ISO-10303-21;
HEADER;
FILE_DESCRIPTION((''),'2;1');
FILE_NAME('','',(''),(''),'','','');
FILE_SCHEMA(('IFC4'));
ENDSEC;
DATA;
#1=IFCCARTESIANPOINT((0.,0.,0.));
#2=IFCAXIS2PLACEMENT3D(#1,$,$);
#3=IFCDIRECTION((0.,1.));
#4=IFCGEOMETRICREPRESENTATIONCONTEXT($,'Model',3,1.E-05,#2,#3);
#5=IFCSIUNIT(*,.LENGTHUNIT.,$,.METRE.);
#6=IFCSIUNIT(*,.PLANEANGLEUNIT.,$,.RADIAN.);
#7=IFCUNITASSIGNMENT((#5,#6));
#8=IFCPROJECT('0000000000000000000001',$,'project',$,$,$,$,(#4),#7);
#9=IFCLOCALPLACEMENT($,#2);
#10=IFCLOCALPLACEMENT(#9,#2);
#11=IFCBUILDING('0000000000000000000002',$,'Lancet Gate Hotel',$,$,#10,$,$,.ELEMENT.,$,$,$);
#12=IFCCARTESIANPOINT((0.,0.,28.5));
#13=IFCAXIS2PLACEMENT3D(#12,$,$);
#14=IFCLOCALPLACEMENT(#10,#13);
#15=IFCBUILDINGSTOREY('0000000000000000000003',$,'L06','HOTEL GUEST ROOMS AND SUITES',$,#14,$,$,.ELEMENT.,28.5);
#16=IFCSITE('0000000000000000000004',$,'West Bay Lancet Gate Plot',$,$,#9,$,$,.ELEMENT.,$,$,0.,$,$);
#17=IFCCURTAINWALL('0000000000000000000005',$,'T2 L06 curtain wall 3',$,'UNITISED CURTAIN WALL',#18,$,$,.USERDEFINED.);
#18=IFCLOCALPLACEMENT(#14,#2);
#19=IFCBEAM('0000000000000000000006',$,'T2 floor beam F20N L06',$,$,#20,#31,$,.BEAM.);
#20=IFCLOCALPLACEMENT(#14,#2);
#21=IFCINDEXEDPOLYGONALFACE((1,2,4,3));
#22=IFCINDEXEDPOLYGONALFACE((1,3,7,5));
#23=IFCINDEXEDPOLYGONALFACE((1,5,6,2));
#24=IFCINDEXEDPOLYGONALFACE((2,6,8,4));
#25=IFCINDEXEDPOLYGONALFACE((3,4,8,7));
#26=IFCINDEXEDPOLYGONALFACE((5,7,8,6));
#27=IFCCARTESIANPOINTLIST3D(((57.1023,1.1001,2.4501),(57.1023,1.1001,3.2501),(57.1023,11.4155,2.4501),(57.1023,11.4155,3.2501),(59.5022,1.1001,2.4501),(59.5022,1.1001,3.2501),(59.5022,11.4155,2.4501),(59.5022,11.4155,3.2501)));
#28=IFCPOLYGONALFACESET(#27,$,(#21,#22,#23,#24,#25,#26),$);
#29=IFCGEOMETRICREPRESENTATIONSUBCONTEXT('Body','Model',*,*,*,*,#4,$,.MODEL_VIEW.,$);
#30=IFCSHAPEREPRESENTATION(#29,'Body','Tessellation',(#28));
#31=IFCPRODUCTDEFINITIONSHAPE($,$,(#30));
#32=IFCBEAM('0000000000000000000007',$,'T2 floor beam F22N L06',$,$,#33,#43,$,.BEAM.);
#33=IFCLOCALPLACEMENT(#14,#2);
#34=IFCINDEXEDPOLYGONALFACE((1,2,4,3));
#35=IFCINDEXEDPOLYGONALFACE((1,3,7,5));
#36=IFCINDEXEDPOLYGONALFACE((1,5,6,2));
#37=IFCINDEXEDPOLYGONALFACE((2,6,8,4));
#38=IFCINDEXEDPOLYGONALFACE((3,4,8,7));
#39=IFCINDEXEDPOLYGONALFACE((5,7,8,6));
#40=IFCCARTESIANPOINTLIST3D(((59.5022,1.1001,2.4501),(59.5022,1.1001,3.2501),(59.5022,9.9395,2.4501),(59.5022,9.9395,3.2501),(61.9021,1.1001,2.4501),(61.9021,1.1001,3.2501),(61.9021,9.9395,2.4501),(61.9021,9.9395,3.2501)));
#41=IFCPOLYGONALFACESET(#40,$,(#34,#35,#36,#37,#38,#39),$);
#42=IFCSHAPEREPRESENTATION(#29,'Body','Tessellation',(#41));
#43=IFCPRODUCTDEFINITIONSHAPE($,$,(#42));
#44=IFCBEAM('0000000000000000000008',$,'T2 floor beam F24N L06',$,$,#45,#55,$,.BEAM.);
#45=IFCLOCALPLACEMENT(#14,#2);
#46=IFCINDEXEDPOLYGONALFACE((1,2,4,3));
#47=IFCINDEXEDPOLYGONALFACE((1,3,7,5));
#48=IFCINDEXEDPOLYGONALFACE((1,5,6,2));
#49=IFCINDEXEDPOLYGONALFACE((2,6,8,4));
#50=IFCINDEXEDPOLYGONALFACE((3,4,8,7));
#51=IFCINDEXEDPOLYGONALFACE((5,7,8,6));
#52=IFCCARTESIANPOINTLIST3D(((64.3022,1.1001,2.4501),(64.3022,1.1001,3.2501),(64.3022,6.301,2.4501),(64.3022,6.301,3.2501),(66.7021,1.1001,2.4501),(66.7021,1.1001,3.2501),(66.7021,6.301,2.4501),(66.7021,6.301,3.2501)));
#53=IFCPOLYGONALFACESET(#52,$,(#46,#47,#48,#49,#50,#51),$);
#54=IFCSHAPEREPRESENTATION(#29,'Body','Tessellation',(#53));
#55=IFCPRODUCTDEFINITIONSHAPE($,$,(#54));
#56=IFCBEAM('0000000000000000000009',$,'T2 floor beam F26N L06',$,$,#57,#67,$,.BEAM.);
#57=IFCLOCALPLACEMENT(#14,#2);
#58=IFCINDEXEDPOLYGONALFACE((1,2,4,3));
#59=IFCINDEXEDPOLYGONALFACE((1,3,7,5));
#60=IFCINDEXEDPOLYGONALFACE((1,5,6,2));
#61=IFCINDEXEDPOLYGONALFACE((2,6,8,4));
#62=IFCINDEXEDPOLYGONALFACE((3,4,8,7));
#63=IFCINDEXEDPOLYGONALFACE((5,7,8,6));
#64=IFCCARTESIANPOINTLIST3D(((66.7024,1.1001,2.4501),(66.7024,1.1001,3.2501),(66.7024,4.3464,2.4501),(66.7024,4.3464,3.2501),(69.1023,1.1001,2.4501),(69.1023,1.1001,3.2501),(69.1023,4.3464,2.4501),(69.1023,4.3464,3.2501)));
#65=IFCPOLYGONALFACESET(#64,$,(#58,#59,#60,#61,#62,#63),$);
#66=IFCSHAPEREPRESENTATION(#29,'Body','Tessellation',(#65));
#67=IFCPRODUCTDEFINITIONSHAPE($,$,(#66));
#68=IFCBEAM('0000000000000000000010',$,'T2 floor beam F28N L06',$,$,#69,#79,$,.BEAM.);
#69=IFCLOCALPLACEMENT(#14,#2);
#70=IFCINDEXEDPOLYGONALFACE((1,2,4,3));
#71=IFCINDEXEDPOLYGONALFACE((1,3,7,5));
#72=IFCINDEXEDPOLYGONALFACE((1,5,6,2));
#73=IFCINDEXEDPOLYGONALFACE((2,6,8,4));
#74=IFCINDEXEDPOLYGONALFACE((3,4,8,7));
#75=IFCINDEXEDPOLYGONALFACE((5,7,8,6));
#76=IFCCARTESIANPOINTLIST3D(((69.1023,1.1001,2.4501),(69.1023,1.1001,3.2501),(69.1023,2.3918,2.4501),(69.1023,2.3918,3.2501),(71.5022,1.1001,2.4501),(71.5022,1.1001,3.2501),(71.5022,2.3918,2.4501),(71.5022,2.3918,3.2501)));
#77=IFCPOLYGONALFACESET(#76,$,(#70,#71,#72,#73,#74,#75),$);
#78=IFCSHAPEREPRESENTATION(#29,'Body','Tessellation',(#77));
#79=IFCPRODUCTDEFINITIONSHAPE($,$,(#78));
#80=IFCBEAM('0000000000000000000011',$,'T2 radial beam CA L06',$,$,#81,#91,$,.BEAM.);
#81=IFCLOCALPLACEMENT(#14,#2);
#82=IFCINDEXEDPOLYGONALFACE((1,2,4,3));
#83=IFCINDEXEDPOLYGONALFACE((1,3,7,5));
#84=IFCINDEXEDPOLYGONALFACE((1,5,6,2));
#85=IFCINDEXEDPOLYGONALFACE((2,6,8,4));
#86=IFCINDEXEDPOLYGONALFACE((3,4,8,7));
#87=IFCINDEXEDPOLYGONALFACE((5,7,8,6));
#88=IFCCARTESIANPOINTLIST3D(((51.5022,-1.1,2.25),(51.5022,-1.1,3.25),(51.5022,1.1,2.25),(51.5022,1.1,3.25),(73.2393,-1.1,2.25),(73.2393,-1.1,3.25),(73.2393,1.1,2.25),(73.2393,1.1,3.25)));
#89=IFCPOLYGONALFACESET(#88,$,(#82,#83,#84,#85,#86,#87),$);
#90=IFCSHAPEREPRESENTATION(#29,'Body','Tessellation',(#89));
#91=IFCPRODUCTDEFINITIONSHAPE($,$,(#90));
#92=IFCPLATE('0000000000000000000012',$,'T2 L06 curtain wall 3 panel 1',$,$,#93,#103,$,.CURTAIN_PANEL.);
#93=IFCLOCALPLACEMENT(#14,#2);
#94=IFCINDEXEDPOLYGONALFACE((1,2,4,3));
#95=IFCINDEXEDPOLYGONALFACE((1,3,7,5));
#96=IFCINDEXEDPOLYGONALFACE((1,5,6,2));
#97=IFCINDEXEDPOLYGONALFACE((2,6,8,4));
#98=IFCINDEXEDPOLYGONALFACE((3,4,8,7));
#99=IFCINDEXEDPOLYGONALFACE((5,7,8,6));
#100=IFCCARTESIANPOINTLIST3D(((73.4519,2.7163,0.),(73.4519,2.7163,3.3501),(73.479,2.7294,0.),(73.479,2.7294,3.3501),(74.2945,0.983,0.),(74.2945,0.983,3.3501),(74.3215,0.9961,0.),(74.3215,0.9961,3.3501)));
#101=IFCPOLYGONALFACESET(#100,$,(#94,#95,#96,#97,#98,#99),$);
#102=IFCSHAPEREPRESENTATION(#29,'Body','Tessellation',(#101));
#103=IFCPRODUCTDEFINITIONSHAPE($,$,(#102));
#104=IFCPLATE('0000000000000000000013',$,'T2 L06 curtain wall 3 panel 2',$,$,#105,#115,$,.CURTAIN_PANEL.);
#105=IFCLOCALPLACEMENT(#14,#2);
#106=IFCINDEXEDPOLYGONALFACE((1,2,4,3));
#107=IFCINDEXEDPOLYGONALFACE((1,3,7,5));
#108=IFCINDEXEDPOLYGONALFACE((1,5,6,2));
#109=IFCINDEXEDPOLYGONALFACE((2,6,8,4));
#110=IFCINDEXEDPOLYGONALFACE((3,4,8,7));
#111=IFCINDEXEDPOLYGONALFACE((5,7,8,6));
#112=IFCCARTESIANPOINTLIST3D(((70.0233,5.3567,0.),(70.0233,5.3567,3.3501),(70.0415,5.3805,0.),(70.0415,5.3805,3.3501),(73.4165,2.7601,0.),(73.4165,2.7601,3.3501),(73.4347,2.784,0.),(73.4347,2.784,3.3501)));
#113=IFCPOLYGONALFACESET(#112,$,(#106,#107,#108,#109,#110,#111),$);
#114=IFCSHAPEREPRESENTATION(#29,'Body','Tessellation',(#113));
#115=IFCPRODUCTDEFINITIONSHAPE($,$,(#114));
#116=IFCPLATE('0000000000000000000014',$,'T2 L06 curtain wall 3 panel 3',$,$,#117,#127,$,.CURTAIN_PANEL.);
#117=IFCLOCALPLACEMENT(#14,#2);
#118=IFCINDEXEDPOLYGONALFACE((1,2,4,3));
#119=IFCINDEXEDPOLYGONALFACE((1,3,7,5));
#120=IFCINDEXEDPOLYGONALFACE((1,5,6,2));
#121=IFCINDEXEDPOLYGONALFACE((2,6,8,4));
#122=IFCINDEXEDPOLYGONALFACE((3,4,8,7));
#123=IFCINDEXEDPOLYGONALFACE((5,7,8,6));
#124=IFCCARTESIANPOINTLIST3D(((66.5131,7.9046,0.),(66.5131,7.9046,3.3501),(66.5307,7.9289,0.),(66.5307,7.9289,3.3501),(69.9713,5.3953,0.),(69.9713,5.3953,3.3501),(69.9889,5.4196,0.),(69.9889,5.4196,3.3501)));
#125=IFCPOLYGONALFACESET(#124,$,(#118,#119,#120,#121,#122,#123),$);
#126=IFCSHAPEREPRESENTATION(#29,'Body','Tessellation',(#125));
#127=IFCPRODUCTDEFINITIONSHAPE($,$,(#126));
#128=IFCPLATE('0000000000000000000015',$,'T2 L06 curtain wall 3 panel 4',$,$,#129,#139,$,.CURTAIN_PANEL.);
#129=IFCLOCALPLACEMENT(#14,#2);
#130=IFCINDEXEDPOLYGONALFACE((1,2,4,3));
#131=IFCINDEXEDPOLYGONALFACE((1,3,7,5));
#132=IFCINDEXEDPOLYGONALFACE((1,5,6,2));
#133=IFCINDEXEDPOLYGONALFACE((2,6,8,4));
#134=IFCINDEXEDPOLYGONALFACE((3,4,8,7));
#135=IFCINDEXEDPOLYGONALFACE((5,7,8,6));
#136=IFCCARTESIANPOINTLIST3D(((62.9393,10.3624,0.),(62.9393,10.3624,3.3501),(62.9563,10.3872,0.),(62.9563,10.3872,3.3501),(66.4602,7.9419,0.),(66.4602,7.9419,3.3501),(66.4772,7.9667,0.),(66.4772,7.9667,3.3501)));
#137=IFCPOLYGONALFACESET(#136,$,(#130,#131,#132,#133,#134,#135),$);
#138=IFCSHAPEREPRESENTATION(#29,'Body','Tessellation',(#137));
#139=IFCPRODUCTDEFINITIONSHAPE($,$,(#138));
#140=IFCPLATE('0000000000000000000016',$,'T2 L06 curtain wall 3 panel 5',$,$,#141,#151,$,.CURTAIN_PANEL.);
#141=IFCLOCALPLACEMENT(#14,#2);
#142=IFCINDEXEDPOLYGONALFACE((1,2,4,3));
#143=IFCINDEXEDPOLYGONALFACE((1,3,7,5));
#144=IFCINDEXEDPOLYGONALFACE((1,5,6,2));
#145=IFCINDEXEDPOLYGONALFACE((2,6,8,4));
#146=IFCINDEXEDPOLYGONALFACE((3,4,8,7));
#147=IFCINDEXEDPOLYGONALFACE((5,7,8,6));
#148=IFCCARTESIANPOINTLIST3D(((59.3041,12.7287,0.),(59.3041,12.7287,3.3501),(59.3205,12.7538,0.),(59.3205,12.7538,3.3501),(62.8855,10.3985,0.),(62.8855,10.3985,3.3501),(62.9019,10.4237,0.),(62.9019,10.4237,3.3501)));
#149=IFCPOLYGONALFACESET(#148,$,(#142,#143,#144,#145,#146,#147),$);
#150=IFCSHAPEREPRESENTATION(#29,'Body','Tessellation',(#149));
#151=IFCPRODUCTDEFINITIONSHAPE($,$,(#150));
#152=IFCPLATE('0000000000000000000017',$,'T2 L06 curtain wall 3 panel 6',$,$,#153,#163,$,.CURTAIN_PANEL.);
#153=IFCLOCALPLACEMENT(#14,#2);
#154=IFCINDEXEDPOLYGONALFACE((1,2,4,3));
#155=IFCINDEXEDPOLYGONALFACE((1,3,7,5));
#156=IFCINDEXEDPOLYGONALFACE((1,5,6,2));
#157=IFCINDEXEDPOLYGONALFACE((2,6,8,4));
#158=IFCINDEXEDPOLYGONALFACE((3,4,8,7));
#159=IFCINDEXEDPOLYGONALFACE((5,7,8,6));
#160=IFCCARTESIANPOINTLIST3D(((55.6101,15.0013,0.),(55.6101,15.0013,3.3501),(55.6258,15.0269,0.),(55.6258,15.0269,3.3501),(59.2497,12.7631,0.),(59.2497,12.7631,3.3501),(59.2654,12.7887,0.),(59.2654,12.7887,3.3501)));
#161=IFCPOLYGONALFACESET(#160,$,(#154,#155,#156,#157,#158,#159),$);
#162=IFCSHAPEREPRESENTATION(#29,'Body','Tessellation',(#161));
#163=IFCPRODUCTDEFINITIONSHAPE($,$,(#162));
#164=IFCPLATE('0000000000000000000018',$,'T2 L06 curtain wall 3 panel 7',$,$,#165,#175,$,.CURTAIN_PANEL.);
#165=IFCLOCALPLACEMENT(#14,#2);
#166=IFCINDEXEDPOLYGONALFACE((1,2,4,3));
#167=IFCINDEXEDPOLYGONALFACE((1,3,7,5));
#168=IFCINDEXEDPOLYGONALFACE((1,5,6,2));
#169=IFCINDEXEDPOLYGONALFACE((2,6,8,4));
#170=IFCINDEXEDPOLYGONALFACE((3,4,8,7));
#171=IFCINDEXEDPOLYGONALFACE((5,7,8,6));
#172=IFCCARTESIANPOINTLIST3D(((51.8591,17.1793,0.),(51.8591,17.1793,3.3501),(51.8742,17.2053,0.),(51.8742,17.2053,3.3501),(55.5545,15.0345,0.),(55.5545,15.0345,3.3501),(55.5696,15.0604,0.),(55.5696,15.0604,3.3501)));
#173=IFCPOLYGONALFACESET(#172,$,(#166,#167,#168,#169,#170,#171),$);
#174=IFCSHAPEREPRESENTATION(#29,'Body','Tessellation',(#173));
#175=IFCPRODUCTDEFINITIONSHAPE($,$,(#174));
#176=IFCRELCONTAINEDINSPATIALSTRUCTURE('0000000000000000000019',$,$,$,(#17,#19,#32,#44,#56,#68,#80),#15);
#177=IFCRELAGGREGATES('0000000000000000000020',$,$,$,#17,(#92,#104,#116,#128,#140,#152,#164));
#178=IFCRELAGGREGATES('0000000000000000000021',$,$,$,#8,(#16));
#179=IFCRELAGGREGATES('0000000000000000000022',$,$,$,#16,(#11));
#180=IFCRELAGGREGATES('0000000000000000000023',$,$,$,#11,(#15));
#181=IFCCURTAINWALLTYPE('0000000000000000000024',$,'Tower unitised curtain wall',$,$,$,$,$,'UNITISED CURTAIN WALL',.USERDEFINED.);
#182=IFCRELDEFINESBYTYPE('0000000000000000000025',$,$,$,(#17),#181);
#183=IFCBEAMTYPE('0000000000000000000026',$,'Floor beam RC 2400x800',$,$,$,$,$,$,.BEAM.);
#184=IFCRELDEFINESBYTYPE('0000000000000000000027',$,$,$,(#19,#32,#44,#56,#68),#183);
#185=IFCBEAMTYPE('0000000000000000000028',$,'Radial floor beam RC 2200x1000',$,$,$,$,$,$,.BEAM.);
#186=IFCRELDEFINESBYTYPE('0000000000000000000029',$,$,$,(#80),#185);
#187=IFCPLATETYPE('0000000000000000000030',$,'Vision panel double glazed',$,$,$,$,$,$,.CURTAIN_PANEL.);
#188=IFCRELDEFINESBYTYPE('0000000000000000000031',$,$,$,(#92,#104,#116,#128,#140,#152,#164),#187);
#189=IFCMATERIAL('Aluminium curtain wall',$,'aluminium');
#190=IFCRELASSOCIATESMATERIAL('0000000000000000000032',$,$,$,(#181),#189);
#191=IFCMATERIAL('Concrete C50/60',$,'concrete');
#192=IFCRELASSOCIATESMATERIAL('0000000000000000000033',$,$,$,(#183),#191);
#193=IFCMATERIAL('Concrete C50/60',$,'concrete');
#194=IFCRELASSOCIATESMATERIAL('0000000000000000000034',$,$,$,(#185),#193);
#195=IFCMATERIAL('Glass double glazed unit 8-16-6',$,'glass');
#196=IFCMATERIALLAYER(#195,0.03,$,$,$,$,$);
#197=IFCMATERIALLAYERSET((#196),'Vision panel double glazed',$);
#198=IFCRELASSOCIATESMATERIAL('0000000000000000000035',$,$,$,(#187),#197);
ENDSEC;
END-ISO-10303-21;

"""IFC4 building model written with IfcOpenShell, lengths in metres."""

from ifc_helpers import new_model, si_unit, direction, frame, origin, origin_2d, place, context, subcontext, project, spatial, rectangle, extrude, material, layer, layer_set, material_profile, profile_set, type_object, element, aggregate, save


model = new_model("IFC4")

# Units and contexts
model_context = context("Model", 3, precision=1e-05, world=origin(), true_north=direction((0.0, 1.0)))
body_context = subcontext(model_context, "Body", "Model", "MODEL_VIEW")
ifc_project = project(units=[si_unit("LENGTHUNIT", "METRE"), si_unit("PLANEANGLEUNIT", "RADIAN")], contexts=[model_context])

# Site, building, storey
site_placement = place(None, origin())
site = spatial("IfcSite", under=ifc_project, at=site_placement, Name="West Bay Lancet Gate Plot", CompositionType="ELEMENT", RefElevation=0.0)
building_placement = place(site_placement, origin())
building = spatial("IfcBuilding", under=site, at=building_placement, Name="Lancet Gate Hotel", CompositionType="ELEMENT")
storey_placement = place(building_placement, frame((0.0, 0.0, 28.5)))
storey = spatial("IfcBuildingStorey", under=building, at=storey_placement, Name="L06", Description="HOTEL GUEST ROOMS AND SUITES", CompositionType="ELEMENT", Elevation=28.5)

# Curtain wall
ifc_material_1 = material(Name="Aluminium curtain wall", Category="aluminium")
curtain_wall_type = type_object("IfcCurtainWallType", Name="Tower unitised curtain wall", ElementType="UNITISED CURTAIN WALL", PredefinedType="USERDEFINED", material=ifc_material_1)
curtain_wall_placement = place(storey_placement, origin())
curtain_wall = element("IfcCurtainWall", 1, at=curtain_wall_placement, inside=storey, type_object=curtain_wall_type, Name="T2 L06 curtain wall 3", ObjectType="UNITISED CURTAIN WALL", PredefinedType="USERDEFINED")

# Beams
ifc_material_2 = material(Name="Concrete C50/60", Category="concrete")
ifc_material_profile_1 = material_profile(ifc_material_2, rectangle(XDim=2.3999, YDim=0.8, at=origin_2d()), Name="RC 2400x800")
ifc_profile_set_1 = profile_set([ifc_material_profile_1], Name="Concrete C50/60")
beam_type_1 = type_object("IfcBeamType", Name="Floor beam RC 2400x800", PredefinedType="BEAM", material=ifc_profile_set_1)
beam_1_placement = place(storey_placement, frame((58.3022, 1.1001, 2.8501), z_axis=(0.0, 1.0, 0.0), x_axis=(-1.0, 0.0, 0.0)))
element("IfcBeam", 2, at=beam_1_placement, inside=storey, type_object=beam_type_1, Name="T2 floor beam F20N L06", PredefinedType="BEAM", context=body_context, shape_type="SweptSolid", body=[
    extrude(rectangle(XDim=2.3999, YDim=0.8, at=origin_2d()), origin(), (0.0, 0.0, 1.0), 10.3154),
])
beam_2_placement = place(storey_placement, frame((60.7021, 1.1001, 2.8501), z_axis=(0.0, 1.0, 0.0), x_axis=(-1.0, 0.0, 0.0)))
element("IfcBeam", 3, at=beam_2_placement, inside=storey, type_object=beam_type_1, Name="T2 floor beam F22N L06", PredefinedType="BEAM", context=body_context, shape_type="SweptSolid", body=[
    extrude(rectangle(XDim=2.3999, YDim=0.8, at=origin_2d()), origin(), (0.0, 0.0, 1.0), 8.8394),
])
beam_3_placement = place(storey_placement, frame((65.5022, 1.1001, 2.8501), z_axis=(0.0, 1.0, 0.0), x_axis=(-1.0, 0.0, 0.0)))
element("IfcBeam", 4, at=beam_3_placement, inside=storey, type_object=beam_type_1, Name="T2 floor beam F24N L06", PredefinedType="BEAM", context=body_context, shape_type="SweptSolid", body=[
    extrude(rectangle(XDim=2.3999, YDim=0.8, at=origin_2d()), origin(), (0.0, 0.0, 1.0), 5.2009),
])
beam_4_placement = place(storey_placement, frame((67.9023, 1.1001, 2.8501), z_axis=(0.0, 1.0, 0.0), x_axis=(-1.0, 0.0, 0.0)))
element("IfcBeam", 5, at=beam_4_placement, inside=storey, type_object=beam_type_1, Name="T2 floor beam F26N L06", PredefinedType="BEAM", context=body_context, shape_type="SweptSolid", body=[
    extrude(rectangle(XDim=2.3999, YDim=0.8, at=origin_2d()), origin(), (0.0, 0.0, 1.0), 3.2463),
])
beam_5_placement = place(storey_placement, frame((70.3022, 1.1001, 2.8501), z_axis=(0.0, 1.0, 0.0), x_axis=(-1.0, 0.0, 0.0)))
element("IfcBeam", 6, at=beam_5_placement, inside=storey, type_object=beam_type_1, Name="T2 floor beam F28N L06", PredefinedType="BEAM", context=body_context, shape_type="SweptSolid", body=[
    extrude(rectangle(XDim=2.3999, YDim=0.8, at=origin_2d()), origin(), (0.0, 0.0, 1.0), 1.2917),
])
ifc_material_3 = material(Name="Concrete C50/60", Category="concrete")
ifc_material_profile_2 = material_profile(ifc_material_3, rectangle(XDim=2.2, YDim=1.0, at=origin_2d()), Name="RC 2200x1000")
ifc_profile_set_2 = profile_set([ifc_material_profile_2], Name="Concrete C50/60")
beam_type_2 = type_object("IfcBeamType", Name="Radial floor beam RC 2200x1000", PredefinedType="BEAM", material=ifc_profile_set_2)
beam_6_placement = place(storey_placement, frame((73.2393, 0.0, 2.75), z_axis=(-1.0, 0.0, 0.0), x_axis=(0.0, -1.0, 0.0)))
element("IfcBeam", 7, at=beam_6_placement, inside=storey, type_object=beam_type_2, Name="T2 radial beam CA L06", PredefinedType="BEAM", context=body_context, shape_type="SweptSolid", body=[
    extrude(rectangle(XDim=2.2, YDim=1.0, at=origin_2d()), origin(), (0.0, 0.0, 1.0), 21.7371),
])

# Plates
ifc_material_4 = material(Name="Glass double glazed unit 8-16-6", Category="glass")
ifc_layer = layer(ifc_material_4, 0.03)
ifc_layer_set = layer_set([ifc_layer], Name="Vision panel double glazed")
plate_type = type_object("IfcPlateType", Name="Vision panel double glazed", PredefinedType="CURTAIN_PANEL", material=ifc_layer_set)
plate_1_placement = place(storey_placement, frame((73.8867, 1.8562, 0.0), z_axis=(0.0, 0.0, 1.0), x_axis=(-0.437169, 0.899379, 0.0)))
plate_1 = element("IfcPlate", 8, at=plate_1_placement, type_object=plate_type, Name="T2 L06 curtain wall 3 panel 1", PredefinedType="CURTAIN_PANEL", context=body_context, shape_type="SweptSolid", body=[
    extrude(rectangle(XDim=1.9272, YDim=0.03, at=origin_2d()), origin(), (0.0, 0.0, 1.0), 3.3501),
])
plate_2_placement = place(storey_placement, frame((71.729, 4.0703, 0.0), z_axis=(0.0, 0.0, 1.0), x_axis=(-0.79416, 0.607709, 0.0)))
plate_2 = element("IfcPlate", 9, at=plate_2_placement, type_object=plate_type, Name="T2 L06 curtain wall 3 panel 2", PredefinedType="CURTAIN_PANEL", context=body_context, shape_type="SweptSolid", body=[
    extrude(rectangle(XDim=4.2727, YDim=0.03, at=origin_2d()), origin(), (0.0, 0.0, 1.0), 3.3501),
])
plate_3_placement = place(storey_placement, frame((68.251, 6.6621, 0.0), z_axis=(0.0, 0.0, 1.0), x_axis=(-0.80937, 0.587299, 0.0)))
plate_3 = element("IfcPlate", 10, at=plate_3_placement, type_object=plate_type, Name="T2 L06 curtain wall 3 panel 3", PredefinedType="CURTAIN_PANEL", context=body_context, shape_type="SweptSolid", body=[
    extrude(rectangle(XDim=4.2727, YDim=0.03, at=origin_2d()), origin(), (0.0, 0.0, 1.0), 3.3501),
])
plate_4_placement = place(storey_placement, frame((64.7083, 9.1646, 0.0), z_axis=(0.0, 0.0, 1.0), x_axis=(-0.824055, 0.566509, 0.0)))
plate_4 = element("IfcPlate", 11, at=plate_4_placement, type_object=plate_type, Name="T2 L06 curtain wall 3 panel 4", PredefinedType="CURTAIN_PANEL", context=body_context, shape_type="SweptSolid", body=[
    extrude(rectangle(XDim=4.2727, YDim=0.03, at=origin_2d()), origin(), (0.0, 0.0, 1.0), 3.3501),
])
plate_5_placement = place(storey_placement, frame((61.103, 11.5762, 0.0), z_axis=(0.0, 0.0, 1.0), x_axis=(-0.838207, 0.545353, 0.0)))
plate_5 = element("IfcPlate", 12, at=plate_5_placement, type_object=plate_type, Name="T2 L06 curtain wall 3 panel 5", PredefinedType="CURTAIN_PANEL", context=body_context, shape_type="SweptSolid", body=[
    extrude(rectangle(XDim=4.2727, YDim=0.03, at=origin_2d()), origin(), (0.0, 0.0, 1.0), 3.3501),
])
plate_6_placement = place(storey_placement, frame((57.4377, 13.895, 0.0), z_axis=(0.0, 0.0, 1.0), x_axis=(-0.851815, 0.523842, 0.0)))
plate_6 = element("IfcPlate", 13, at=plate_6_placement, type_object=plate_type, Name="T2 L06 curtain wall 3 panel 6", PredefinedType="CURTAIN_PANEL", context=body_context, shape_type="SweptSolid", body=[
    extrude(rectangle(XDim=4.2727, YDim=0.03, at=origin_2d()), origin(), (0.0, 0.0, 1.0), 3.3501),
])
plate_7_placement = place(storey_placement, frame((53.7144, 16.1199, 0.0), z_axis=(0.0, 0.0, 1.0), x_axis=(-0.864872, 0.501993, 0.0)))
plate_7 = element("IfcPlate", 14, at=plate_7_placement, type_object=plate_type, Name="T2 L06 curtain wall 3 panel 7", PredefinedType="CURTAIN_PANEL", context=body_context, shape_type="SweptSolid", body=[
    extrude(rectangle(XDim=4.2727, YDim=0.03, at=origin_2d()), origin(), (0.0, 0.0, 1.0), 3.3501),
])
aggregate(curtain_wall, [plate_1, plate_2, plate_3, plate_4, plate_5, plate_6, plate_7])

save(model, "model.ifc")
